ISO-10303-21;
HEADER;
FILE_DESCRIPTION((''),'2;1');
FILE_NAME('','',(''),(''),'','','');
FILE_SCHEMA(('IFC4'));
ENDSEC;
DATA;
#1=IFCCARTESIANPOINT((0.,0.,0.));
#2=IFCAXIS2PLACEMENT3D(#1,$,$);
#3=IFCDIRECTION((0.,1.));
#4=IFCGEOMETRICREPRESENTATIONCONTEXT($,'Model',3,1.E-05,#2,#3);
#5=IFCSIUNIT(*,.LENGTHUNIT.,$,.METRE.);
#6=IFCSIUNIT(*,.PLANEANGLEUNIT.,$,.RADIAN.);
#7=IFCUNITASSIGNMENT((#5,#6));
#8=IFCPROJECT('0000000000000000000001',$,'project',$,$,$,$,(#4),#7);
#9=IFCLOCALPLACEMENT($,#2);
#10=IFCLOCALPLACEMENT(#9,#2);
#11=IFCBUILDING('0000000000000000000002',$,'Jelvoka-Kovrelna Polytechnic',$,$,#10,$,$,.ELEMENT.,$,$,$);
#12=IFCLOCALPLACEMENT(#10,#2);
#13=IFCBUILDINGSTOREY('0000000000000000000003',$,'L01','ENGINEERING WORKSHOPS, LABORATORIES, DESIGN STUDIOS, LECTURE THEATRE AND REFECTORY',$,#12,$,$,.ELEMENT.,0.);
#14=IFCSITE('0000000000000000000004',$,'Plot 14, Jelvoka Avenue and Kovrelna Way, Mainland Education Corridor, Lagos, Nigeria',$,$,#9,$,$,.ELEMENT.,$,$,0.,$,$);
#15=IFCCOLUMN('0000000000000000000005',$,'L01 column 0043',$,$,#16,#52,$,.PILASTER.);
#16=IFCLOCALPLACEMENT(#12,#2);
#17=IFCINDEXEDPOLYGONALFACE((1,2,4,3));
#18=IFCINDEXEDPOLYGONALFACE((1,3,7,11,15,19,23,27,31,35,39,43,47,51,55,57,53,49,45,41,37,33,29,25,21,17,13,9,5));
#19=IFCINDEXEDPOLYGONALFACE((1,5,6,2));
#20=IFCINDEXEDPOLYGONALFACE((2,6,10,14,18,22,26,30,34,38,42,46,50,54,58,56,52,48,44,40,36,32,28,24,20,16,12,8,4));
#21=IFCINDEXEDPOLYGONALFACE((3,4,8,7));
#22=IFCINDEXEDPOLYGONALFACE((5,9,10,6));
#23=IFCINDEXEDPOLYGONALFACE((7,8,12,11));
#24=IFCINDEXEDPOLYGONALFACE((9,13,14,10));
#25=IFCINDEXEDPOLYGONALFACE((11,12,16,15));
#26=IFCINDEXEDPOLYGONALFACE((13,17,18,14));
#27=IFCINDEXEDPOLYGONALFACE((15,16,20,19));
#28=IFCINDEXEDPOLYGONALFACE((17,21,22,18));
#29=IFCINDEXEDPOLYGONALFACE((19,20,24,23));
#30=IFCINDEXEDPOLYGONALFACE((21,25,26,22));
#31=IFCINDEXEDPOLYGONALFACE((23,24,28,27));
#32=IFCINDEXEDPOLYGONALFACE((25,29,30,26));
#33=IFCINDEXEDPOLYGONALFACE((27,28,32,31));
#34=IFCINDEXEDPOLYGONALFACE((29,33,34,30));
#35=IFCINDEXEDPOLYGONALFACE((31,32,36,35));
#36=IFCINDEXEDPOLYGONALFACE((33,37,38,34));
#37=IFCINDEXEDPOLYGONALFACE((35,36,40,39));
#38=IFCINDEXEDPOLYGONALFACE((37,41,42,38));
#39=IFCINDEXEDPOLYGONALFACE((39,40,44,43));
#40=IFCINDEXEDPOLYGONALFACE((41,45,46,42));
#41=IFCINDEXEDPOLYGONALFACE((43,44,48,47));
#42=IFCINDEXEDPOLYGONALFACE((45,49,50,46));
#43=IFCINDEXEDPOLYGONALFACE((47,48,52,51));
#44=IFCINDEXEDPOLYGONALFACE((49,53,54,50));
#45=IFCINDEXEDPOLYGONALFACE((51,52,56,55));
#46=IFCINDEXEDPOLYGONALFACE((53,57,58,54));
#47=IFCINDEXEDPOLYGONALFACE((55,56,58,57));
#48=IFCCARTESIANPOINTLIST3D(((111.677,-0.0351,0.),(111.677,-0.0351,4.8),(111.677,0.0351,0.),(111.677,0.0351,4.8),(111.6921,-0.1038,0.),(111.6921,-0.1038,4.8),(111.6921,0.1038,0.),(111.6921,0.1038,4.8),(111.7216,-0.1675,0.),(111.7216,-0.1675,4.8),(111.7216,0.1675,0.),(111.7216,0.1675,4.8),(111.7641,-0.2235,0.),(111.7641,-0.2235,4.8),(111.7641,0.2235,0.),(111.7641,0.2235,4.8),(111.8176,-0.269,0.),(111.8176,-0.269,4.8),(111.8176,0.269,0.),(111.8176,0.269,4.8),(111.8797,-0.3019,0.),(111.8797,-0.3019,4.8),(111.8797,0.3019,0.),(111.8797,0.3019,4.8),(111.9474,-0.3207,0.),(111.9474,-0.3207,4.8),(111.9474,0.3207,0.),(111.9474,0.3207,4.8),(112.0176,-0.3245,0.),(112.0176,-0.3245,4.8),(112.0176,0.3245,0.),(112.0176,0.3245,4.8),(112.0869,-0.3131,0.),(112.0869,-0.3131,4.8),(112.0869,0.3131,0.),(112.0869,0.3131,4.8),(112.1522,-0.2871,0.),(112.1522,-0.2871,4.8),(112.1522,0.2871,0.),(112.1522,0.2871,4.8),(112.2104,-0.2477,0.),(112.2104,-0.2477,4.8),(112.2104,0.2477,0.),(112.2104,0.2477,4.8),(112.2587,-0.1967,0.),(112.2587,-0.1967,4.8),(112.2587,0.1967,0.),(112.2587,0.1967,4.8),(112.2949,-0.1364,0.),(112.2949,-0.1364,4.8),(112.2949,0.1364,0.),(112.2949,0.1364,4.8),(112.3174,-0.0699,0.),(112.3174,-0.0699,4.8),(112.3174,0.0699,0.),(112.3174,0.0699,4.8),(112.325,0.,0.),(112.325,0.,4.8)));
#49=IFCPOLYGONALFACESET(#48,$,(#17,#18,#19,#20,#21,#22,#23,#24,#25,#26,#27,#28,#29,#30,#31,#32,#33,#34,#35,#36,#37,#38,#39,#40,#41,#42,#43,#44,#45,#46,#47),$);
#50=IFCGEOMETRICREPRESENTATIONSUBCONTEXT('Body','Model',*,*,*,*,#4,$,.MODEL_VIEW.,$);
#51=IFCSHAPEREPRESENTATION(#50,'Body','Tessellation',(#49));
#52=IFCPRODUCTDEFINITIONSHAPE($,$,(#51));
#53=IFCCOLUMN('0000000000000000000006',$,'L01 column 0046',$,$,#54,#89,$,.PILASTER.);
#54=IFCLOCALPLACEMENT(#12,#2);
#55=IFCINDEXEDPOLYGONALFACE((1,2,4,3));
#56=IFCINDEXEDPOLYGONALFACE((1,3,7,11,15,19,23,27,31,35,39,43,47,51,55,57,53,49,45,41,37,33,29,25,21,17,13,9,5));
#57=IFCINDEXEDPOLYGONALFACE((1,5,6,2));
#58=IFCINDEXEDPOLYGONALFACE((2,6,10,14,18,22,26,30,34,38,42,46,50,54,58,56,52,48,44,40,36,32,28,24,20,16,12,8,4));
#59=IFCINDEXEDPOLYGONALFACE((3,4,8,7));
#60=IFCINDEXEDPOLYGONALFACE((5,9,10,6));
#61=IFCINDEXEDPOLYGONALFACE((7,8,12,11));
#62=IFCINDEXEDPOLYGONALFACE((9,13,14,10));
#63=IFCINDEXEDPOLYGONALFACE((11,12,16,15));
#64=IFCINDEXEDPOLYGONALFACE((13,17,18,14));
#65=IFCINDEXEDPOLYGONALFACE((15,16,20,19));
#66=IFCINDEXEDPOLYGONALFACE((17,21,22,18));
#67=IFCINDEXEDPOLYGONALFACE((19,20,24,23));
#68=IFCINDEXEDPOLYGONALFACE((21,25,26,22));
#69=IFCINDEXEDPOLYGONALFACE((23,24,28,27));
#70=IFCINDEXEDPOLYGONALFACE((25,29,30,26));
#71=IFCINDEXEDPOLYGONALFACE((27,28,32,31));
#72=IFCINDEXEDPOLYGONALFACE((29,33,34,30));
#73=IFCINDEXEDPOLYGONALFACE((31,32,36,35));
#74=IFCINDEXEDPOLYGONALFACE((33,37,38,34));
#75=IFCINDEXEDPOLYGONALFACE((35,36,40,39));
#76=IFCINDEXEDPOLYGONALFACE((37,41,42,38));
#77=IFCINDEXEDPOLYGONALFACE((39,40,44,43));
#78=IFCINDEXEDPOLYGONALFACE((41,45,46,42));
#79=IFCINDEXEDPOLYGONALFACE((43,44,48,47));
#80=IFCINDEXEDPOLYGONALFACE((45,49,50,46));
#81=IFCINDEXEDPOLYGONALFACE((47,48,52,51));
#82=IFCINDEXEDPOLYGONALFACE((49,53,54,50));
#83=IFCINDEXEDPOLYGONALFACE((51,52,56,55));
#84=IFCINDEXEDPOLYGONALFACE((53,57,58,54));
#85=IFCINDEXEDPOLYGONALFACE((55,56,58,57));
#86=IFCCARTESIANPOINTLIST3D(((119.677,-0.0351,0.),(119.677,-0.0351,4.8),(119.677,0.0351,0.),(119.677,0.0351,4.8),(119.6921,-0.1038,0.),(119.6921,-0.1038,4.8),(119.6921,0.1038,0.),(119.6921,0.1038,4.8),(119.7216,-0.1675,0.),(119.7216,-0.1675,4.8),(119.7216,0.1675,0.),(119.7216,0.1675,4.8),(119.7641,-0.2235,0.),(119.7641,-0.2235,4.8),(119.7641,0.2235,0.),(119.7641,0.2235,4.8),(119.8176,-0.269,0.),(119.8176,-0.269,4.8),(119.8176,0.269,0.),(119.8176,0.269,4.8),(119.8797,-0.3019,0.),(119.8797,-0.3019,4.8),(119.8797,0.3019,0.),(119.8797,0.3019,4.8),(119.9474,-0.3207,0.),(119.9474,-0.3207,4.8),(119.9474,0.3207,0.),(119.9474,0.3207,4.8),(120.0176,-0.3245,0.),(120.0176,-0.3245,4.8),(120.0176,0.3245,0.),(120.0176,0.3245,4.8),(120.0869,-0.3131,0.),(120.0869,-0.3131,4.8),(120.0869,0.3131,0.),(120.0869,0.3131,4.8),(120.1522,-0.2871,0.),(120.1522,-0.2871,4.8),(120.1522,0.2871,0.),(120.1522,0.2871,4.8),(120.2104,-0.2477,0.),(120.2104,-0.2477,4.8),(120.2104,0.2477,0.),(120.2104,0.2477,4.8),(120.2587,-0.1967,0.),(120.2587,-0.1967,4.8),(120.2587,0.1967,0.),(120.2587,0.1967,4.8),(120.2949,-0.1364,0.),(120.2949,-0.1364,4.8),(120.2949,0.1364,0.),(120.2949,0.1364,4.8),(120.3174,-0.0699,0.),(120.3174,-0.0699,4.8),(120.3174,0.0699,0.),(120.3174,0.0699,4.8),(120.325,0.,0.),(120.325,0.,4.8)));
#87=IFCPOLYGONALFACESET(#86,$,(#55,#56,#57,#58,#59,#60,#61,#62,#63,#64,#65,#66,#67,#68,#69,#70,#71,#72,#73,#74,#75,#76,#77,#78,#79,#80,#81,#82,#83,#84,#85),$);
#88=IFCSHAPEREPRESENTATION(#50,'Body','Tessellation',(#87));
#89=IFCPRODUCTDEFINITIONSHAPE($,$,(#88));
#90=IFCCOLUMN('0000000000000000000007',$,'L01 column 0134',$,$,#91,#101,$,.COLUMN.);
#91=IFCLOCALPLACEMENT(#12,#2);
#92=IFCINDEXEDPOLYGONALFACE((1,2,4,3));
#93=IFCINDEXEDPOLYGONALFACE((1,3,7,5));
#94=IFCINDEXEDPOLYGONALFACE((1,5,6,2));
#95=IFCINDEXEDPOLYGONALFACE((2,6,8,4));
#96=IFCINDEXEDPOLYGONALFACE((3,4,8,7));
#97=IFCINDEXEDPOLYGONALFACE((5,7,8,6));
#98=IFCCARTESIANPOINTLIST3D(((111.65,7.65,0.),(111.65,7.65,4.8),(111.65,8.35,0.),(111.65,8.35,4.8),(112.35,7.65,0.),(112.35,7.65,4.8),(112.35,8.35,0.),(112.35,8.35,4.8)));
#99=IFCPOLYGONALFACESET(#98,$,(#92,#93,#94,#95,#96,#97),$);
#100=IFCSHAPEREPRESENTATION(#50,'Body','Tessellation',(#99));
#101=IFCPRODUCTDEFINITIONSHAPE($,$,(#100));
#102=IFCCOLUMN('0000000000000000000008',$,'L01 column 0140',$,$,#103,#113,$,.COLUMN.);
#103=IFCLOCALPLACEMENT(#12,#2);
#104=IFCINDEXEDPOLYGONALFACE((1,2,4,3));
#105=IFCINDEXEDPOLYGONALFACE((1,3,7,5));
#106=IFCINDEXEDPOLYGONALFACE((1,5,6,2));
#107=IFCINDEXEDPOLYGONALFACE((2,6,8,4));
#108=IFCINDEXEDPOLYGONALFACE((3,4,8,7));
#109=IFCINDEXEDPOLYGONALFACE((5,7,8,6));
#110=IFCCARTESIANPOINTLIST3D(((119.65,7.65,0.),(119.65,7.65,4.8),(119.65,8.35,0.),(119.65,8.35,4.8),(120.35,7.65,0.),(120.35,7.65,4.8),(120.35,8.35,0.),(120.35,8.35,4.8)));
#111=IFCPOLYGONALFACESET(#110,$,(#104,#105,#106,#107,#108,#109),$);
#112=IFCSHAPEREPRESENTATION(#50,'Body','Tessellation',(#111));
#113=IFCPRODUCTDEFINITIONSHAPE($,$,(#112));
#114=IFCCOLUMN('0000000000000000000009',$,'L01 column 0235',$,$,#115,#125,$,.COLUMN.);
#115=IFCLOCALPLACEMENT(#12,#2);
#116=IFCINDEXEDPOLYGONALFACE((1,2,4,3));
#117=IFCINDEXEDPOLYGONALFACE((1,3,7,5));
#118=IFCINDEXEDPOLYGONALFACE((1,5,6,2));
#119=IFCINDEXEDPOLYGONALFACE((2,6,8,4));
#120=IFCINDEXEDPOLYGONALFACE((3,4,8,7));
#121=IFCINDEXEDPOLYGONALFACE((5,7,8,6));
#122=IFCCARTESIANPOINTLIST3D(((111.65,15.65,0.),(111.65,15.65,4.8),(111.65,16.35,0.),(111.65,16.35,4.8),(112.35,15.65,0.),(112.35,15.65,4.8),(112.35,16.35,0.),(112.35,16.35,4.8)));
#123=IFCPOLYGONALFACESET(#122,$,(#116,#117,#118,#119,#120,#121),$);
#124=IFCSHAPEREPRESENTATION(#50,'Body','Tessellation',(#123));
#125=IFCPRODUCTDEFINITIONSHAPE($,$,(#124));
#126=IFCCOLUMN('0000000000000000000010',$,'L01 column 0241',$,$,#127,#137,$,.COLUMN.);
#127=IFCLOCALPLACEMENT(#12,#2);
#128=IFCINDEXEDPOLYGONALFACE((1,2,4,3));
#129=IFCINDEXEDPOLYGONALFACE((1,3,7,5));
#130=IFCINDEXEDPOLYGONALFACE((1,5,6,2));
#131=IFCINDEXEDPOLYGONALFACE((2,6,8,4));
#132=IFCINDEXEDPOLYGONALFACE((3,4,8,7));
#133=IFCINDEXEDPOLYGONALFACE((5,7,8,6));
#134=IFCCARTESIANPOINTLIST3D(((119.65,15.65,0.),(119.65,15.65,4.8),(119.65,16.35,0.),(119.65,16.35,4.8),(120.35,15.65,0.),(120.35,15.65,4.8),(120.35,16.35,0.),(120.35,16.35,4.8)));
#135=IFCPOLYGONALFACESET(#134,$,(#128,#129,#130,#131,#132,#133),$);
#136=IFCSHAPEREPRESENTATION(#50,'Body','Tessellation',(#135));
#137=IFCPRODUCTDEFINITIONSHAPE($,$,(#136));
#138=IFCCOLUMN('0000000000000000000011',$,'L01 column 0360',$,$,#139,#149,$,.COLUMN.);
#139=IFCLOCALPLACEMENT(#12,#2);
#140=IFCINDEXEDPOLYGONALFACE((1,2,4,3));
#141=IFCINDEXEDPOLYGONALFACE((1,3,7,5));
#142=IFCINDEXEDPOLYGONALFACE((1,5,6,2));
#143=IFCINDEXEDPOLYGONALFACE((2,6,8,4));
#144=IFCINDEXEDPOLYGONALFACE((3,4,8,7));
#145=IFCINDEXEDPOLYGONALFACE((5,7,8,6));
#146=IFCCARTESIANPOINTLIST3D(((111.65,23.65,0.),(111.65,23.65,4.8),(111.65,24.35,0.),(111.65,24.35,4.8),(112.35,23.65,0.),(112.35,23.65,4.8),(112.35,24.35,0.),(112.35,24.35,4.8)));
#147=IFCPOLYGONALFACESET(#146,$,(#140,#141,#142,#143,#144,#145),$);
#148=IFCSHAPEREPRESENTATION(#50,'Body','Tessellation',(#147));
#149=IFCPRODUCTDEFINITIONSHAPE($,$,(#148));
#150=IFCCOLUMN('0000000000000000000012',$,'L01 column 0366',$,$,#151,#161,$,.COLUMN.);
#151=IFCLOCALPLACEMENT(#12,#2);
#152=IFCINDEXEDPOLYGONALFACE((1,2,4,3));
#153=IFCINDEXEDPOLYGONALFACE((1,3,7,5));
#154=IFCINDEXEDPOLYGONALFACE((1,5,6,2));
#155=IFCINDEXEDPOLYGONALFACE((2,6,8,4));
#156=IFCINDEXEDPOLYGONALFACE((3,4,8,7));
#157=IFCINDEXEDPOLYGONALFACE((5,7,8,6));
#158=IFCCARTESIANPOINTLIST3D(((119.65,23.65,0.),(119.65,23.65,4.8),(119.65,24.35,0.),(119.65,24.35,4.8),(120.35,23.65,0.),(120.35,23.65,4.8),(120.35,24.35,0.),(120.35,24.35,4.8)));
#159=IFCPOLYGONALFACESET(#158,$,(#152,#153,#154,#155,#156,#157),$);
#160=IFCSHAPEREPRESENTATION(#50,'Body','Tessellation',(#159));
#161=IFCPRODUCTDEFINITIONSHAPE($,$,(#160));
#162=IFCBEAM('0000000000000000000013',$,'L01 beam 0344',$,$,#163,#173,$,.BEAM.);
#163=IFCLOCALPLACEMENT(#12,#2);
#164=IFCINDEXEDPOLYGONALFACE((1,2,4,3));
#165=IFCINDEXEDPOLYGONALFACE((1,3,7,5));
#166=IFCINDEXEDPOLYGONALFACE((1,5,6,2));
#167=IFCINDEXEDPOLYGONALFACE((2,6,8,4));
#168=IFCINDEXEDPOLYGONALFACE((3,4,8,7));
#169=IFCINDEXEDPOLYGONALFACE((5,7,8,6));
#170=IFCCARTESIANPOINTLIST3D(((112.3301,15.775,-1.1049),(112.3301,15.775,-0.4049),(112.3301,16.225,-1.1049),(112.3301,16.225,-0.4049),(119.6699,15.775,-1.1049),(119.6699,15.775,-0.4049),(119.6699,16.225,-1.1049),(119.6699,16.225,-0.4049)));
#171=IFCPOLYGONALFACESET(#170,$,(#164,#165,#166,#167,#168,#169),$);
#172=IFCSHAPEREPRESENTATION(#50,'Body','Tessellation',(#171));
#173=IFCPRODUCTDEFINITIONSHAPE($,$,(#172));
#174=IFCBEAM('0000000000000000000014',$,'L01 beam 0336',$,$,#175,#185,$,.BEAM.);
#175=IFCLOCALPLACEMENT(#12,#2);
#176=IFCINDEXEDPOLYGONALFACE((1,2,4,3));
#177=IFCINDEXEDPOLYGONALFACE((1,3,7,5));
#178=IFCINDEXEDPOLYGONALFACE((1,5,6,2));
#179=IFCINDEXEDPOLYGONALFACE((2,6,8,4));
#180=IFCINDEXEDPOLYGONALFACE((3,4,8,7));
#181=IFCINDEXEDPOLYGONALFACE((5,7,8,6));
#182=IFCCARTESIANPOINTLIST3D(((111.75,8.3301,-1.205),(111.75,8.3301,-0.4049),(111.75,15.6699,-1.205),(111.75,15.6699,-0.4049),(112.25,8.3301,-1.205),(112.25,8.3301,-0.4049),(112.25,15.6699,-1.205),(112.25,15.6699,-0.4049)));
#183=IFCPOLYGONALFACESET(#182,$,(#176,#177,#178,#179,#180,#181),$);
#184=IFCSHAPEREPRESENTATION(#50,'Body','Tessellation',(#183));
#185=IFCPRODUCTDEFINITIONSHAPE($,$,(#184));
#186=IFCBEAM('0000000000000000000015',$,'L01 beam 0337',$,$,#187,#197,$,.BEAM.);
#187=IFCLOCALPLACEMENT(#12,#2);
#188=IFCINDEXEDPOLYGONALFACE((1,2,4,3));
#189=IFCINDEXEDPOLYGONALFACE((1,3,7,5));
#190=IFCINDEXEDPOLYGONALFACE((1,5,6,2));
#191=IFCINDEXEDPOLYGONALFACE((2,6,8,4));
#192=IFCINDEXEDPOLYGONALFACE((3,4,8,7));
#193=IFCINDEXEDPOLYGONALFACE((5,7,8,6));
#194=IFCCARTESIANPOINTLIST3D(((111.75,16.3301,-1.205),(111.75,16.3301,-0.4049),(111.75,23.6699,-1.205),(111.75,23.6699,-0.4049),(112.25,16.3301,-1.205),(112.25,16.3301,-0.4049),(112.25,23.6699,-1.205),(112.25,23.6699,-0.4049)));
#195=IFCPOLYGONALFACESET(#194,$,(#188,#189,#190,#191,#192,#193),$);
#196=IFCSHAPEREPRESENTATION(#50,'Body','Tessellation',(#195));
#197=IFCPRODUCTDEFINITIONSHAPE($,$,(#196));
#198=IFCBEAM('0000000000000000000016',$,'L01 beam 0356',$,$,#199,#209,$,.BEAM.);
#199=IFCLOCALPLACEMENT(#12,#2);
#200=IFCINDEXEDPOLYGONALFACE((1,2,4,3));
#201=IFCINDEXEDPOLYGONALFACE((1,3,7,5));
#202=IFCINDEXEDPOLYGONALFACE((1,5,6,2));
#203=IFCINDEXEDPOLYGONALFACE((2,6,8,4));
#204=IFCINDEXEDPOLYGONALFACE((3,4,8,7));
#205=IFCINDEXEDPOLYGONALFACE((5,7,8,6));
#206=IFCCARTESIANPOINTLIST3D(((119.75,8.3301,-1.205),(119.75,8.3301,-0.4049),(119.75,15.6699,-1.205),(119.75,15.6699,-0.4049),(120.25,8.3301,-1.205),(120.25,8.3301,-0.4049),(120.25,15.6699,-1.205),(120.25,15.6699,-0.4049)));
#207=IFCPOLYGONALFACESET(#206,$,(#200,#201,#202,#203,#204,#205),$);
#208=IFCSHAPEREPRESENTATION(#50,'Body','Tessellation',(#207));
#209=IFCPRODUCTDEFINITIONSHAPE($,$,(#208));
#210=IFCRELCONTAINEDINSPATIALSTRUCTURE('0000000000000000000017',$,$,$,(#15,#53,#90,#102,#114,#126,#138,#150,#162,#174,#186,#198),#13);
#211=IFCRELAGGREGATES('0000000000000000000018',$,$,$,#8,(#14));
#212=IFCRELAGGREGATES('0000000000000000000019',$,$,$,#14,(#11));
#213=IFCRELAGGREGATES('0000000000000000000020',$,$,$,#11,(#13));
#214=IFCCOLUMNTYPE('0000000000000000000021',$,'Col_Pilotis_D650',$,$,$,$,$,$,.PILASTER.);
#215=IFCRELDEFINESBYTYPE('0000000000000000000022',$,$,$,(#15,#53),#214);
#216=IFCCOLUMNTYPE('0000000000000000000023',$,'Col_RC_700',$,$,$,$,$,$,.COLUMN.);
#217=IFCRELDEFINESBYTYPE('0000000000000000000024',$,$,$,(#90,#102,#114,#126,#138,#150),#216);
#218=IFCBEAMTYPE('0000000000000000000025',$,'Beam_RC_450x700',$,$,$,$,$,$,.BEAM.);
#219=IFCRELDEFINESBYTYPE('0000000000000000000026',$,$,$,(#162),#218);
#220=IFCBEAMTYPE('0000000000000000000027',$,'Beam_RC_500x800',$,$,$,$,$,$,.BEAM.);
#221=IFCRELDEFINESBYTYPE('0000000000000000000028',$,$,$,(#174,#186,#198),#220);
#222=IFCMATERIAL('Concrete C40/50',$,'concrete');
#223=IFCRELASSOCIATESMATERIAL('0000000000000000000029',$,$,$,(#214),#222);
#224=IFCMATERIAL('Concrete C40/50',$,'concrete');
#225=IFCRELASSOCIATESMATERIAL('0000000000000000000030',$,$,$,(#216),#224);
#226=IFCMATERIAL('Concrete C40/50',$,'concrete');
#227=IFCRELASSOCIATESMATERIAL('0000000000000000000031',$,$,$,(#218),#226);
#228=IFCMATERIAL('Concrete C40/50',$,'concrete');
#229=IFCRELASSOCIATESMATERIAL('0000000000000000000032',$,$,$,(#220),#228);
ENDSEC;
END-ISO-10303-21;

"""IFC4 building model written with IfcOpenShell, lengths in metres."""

from ifc_helpers import new_model, si_unit, direction, frame, origin, origin_2d, place, context, subcontext, project, spatial, rectangle, circle, extrude, material, material_profile, profile_set, type_object, element, save


model = new_model("IFC4")

# Units and contexts
model_context = context("Model", 3, precision=1e-05, world=origin(), true_north=direction((0.0, 1.0)))
body_context = subcontext(model_context, "Body", "Model", "MODEL_VIEW")
ifc_project = project(units=[si_unit("LENGTHUNIT", "METRE"), si_unit("PLANEANGLEUNIT", "RADIAN")], contexts=[model_context])

# Site, building, storey
site_placement = place(None, origin())
site = spatial("IfcSite", under=ifc_project, at=site_placement, Name="Plot 14, Jelvoka Avenue and Kovrelna Way, Mainland Education Corridor, Lagos, Nigeria", CompositionType="ELEMENT", RefElevation=0.0)
building_placement = place(site_placement, origin())
building = spatial("IfcBuilding", under=site, at=building_placement, Name="Jelvoka-Kovrelna Polytechnic", CompositionType="ELEMENT")
storey_placement = place(building_placement, origin())
storey = spatial("IfcBuildingStorey", under=building, at=storey_placement, Name="L01", Description="ENGINEERING WORKSHOPS, LABORATORIES, DESIGN STUDIOS, LECTURE THEATRE AND REFECTORY", CompositionType="ELEMENT", Elevation=0.0)

# Columns
ifc_material_1 = material(Name="Concrete C40/50", Category="concrete")
ifc_material_profile_1 = material_profile(ifc_material_1, circle(Radius=0.325, at=origin_2d()), Name="RC D650")
ifc_profile_set_1 = profile_set([ifc_material_profile_1], Name="Concrete C40/50")
column_type_1 = type_object("IfcColumnType", Name="Col_Pilotis_D650", PredefinedType="PILASTER", material=ifc_profile_set_1)
for number, where, z_axis, x_axis, name in (
    (1, (112.0, 0.0, 0.0), (0.0, 0.0, 1.0), (1.0, 0.0, 0.0), "L01 column 0043"),
    (2, (120.0, 0.0, 0.0), (0.0, 0.0, 1.0), (1.0, 0.0, 0.0), "L01 column 0046"),
):
    element("IfcColumn", number, at=place(storey_placement, frame(where, z_axis=z_axis, x_axis=x_axis)), inside=storey, type_object=column_type_1, Name=name, PredefinedType="PILASTER", context=body_context, shape_type="SweptSolid", body=[
        extrude(circle(Radius=0.325, at=origin_2d()), origin(), (0.0, 0.0, 1.0), 4.8),
    ])
ifc_material_2 = material(Name="Concrete C40/50", Category="concrete")
ifc_material_profile_2 = material_profile(ifc_material_2, rectangle(XDim=0.7, YDim=0.7, at=origin_2d()), Name="RC 700x700")
ifc_profile_set_2 = profile_set([ifc_material_profile_2], Name="Concrete C40/50")
column_type_2 = type_object("IfcColumnType", Name="Col_RC_700", PredefinedType="COLUMN", material=ifc_profile_set_2)
for number, where, z_axis, x_axis, name in (
    (3, (112.0, 8.0, 0.0), (0.0, 0.0, 1.0), (1.0, 0.0, 0.0), "L01 column 0134"),
    (4, (120.0, 8.0, 0.0), (0.0, 0.0, 1.0), (1.0, 0.0, 0.0), "L01 column 0140"),
    (5, (112.0, 16.0, 0.0), (0.0, 0.0, 1.0), (1.0, 0.0, 0.0), "L01 column 0235"),
    (6, (120.0, 16.0, 0.0), (0.0, 0.0, 1.0), (1.0, 0.0, 0.0), "L01 column 0241"),
    (7, (112.0, 24.0, 0.0), (0.0, 0.0, 1.0), (1.0, 0.0, 0.0), "L01 column 0360"),
    (8, (120.0, 24.0, 0.0), (0.0, 0.0, 1.0), (1.0, 0.0, 0.0), "L01 column 0366"),
):
    element("IfcColumn", number, at=place(storey_placement, frame(where, z_axis=z_axis, x_axis=x_axis)), inside=storey, type_object=column_type_2, Name=name, PredefinedType="COLUMN", context=body_context, shape_type="SweptSolid", body=[
        extrude(rectangle(XDim=0.7, YDim=0.7, at=origin_2d()), origin(), (0.0, 0.0, 1.0), 4.8),
    ])

# Beams
ifc_material_3 = material(Name="Concrete C40/50", Category="concrete")
ifc_material_profile_3 = material_profile(ifc_material_3, rectangle(XDim=0.45, YDim=0.7, at=origin_2d()), Name="RC 450x700")
ifc_profile_set_3 = profile_set([ifc_material_profile_3], Name="Concrete C40/50")
beam_type_1 = type_object("IfcBeamType", Name="Beam_RC_450x700", PredefinedType="BEAM", material=ifc_profile_set_3)
beam_placement = place(storey_placement, frame((112.3301, 16.0, -0.7549), z_axis=(1.0, 0.0, 0.0), x_axis=(0.0, 1.0, 0.0)))
element("IfcBeam", 9, at=beam_placement, inside=storey, type_object=beam_type_1, Name="L01 beam 0344", PredefinedType="BEAM", context=body_context, shape_type="SweptSolid", body=[
    extrude(rectangle(XDim=0.45, YDim=0.7, at=origin_2d()), origin(), (0.0, 0.0, 1.0), 7.3398),
])
ifc_material_4 = material(Name="Concrete C40/50", Category="concrete")
ifc_material_profile_4 = material_profile(ifc_material_4, rectangle(XDim=0.5, YDim=0.8, at=origin_2d()), Name="RC 500x800")
ifc_profile_set_4 = profile_set([ifc_material_profile_4], Name="Concrete C40/50")
beam_type_2 = type_object("IfcBeamType", Name="Beam_RC_500x800", PredefinedType="BEAM", material=ifc_profile_set_4)
for number, where, z_axis, x_axis, name in (
    (10, (112.0, 8.3301, -0.8049), (0.0, 1.0, 0.0), (-1.0, 0.0, 0.0), "L01 beam 0336"),
    (11, (112.0, 16.3301, -0.8049), (0.0, 1.0, 0.0), (-1.0, 0.0, 0.0), "L01 beam 0337"),
    (12, (120.0, 8.3301, -0.8049), (0.0, 1.0, 0.0), (-1.0, 0.0, 0.0), "L01 beam 0356"),
):
    element("IfcBeam", number, at=place(storey_placement, frame(where, z_axis=z_axis, x_axis=x_axis)), inside=storey, type_object=beam_type_2, Name=name, PredefinedType="BEAM", context=body_context, shape_type="SweptSolid", body=[
        extrude(rectangle(XDim=0.5, YDim=0.8, at=origin_2d()), origin(), (0.0, 0.0, 1.0), 7.3398),
    ])

save(model, "model.ifc")
